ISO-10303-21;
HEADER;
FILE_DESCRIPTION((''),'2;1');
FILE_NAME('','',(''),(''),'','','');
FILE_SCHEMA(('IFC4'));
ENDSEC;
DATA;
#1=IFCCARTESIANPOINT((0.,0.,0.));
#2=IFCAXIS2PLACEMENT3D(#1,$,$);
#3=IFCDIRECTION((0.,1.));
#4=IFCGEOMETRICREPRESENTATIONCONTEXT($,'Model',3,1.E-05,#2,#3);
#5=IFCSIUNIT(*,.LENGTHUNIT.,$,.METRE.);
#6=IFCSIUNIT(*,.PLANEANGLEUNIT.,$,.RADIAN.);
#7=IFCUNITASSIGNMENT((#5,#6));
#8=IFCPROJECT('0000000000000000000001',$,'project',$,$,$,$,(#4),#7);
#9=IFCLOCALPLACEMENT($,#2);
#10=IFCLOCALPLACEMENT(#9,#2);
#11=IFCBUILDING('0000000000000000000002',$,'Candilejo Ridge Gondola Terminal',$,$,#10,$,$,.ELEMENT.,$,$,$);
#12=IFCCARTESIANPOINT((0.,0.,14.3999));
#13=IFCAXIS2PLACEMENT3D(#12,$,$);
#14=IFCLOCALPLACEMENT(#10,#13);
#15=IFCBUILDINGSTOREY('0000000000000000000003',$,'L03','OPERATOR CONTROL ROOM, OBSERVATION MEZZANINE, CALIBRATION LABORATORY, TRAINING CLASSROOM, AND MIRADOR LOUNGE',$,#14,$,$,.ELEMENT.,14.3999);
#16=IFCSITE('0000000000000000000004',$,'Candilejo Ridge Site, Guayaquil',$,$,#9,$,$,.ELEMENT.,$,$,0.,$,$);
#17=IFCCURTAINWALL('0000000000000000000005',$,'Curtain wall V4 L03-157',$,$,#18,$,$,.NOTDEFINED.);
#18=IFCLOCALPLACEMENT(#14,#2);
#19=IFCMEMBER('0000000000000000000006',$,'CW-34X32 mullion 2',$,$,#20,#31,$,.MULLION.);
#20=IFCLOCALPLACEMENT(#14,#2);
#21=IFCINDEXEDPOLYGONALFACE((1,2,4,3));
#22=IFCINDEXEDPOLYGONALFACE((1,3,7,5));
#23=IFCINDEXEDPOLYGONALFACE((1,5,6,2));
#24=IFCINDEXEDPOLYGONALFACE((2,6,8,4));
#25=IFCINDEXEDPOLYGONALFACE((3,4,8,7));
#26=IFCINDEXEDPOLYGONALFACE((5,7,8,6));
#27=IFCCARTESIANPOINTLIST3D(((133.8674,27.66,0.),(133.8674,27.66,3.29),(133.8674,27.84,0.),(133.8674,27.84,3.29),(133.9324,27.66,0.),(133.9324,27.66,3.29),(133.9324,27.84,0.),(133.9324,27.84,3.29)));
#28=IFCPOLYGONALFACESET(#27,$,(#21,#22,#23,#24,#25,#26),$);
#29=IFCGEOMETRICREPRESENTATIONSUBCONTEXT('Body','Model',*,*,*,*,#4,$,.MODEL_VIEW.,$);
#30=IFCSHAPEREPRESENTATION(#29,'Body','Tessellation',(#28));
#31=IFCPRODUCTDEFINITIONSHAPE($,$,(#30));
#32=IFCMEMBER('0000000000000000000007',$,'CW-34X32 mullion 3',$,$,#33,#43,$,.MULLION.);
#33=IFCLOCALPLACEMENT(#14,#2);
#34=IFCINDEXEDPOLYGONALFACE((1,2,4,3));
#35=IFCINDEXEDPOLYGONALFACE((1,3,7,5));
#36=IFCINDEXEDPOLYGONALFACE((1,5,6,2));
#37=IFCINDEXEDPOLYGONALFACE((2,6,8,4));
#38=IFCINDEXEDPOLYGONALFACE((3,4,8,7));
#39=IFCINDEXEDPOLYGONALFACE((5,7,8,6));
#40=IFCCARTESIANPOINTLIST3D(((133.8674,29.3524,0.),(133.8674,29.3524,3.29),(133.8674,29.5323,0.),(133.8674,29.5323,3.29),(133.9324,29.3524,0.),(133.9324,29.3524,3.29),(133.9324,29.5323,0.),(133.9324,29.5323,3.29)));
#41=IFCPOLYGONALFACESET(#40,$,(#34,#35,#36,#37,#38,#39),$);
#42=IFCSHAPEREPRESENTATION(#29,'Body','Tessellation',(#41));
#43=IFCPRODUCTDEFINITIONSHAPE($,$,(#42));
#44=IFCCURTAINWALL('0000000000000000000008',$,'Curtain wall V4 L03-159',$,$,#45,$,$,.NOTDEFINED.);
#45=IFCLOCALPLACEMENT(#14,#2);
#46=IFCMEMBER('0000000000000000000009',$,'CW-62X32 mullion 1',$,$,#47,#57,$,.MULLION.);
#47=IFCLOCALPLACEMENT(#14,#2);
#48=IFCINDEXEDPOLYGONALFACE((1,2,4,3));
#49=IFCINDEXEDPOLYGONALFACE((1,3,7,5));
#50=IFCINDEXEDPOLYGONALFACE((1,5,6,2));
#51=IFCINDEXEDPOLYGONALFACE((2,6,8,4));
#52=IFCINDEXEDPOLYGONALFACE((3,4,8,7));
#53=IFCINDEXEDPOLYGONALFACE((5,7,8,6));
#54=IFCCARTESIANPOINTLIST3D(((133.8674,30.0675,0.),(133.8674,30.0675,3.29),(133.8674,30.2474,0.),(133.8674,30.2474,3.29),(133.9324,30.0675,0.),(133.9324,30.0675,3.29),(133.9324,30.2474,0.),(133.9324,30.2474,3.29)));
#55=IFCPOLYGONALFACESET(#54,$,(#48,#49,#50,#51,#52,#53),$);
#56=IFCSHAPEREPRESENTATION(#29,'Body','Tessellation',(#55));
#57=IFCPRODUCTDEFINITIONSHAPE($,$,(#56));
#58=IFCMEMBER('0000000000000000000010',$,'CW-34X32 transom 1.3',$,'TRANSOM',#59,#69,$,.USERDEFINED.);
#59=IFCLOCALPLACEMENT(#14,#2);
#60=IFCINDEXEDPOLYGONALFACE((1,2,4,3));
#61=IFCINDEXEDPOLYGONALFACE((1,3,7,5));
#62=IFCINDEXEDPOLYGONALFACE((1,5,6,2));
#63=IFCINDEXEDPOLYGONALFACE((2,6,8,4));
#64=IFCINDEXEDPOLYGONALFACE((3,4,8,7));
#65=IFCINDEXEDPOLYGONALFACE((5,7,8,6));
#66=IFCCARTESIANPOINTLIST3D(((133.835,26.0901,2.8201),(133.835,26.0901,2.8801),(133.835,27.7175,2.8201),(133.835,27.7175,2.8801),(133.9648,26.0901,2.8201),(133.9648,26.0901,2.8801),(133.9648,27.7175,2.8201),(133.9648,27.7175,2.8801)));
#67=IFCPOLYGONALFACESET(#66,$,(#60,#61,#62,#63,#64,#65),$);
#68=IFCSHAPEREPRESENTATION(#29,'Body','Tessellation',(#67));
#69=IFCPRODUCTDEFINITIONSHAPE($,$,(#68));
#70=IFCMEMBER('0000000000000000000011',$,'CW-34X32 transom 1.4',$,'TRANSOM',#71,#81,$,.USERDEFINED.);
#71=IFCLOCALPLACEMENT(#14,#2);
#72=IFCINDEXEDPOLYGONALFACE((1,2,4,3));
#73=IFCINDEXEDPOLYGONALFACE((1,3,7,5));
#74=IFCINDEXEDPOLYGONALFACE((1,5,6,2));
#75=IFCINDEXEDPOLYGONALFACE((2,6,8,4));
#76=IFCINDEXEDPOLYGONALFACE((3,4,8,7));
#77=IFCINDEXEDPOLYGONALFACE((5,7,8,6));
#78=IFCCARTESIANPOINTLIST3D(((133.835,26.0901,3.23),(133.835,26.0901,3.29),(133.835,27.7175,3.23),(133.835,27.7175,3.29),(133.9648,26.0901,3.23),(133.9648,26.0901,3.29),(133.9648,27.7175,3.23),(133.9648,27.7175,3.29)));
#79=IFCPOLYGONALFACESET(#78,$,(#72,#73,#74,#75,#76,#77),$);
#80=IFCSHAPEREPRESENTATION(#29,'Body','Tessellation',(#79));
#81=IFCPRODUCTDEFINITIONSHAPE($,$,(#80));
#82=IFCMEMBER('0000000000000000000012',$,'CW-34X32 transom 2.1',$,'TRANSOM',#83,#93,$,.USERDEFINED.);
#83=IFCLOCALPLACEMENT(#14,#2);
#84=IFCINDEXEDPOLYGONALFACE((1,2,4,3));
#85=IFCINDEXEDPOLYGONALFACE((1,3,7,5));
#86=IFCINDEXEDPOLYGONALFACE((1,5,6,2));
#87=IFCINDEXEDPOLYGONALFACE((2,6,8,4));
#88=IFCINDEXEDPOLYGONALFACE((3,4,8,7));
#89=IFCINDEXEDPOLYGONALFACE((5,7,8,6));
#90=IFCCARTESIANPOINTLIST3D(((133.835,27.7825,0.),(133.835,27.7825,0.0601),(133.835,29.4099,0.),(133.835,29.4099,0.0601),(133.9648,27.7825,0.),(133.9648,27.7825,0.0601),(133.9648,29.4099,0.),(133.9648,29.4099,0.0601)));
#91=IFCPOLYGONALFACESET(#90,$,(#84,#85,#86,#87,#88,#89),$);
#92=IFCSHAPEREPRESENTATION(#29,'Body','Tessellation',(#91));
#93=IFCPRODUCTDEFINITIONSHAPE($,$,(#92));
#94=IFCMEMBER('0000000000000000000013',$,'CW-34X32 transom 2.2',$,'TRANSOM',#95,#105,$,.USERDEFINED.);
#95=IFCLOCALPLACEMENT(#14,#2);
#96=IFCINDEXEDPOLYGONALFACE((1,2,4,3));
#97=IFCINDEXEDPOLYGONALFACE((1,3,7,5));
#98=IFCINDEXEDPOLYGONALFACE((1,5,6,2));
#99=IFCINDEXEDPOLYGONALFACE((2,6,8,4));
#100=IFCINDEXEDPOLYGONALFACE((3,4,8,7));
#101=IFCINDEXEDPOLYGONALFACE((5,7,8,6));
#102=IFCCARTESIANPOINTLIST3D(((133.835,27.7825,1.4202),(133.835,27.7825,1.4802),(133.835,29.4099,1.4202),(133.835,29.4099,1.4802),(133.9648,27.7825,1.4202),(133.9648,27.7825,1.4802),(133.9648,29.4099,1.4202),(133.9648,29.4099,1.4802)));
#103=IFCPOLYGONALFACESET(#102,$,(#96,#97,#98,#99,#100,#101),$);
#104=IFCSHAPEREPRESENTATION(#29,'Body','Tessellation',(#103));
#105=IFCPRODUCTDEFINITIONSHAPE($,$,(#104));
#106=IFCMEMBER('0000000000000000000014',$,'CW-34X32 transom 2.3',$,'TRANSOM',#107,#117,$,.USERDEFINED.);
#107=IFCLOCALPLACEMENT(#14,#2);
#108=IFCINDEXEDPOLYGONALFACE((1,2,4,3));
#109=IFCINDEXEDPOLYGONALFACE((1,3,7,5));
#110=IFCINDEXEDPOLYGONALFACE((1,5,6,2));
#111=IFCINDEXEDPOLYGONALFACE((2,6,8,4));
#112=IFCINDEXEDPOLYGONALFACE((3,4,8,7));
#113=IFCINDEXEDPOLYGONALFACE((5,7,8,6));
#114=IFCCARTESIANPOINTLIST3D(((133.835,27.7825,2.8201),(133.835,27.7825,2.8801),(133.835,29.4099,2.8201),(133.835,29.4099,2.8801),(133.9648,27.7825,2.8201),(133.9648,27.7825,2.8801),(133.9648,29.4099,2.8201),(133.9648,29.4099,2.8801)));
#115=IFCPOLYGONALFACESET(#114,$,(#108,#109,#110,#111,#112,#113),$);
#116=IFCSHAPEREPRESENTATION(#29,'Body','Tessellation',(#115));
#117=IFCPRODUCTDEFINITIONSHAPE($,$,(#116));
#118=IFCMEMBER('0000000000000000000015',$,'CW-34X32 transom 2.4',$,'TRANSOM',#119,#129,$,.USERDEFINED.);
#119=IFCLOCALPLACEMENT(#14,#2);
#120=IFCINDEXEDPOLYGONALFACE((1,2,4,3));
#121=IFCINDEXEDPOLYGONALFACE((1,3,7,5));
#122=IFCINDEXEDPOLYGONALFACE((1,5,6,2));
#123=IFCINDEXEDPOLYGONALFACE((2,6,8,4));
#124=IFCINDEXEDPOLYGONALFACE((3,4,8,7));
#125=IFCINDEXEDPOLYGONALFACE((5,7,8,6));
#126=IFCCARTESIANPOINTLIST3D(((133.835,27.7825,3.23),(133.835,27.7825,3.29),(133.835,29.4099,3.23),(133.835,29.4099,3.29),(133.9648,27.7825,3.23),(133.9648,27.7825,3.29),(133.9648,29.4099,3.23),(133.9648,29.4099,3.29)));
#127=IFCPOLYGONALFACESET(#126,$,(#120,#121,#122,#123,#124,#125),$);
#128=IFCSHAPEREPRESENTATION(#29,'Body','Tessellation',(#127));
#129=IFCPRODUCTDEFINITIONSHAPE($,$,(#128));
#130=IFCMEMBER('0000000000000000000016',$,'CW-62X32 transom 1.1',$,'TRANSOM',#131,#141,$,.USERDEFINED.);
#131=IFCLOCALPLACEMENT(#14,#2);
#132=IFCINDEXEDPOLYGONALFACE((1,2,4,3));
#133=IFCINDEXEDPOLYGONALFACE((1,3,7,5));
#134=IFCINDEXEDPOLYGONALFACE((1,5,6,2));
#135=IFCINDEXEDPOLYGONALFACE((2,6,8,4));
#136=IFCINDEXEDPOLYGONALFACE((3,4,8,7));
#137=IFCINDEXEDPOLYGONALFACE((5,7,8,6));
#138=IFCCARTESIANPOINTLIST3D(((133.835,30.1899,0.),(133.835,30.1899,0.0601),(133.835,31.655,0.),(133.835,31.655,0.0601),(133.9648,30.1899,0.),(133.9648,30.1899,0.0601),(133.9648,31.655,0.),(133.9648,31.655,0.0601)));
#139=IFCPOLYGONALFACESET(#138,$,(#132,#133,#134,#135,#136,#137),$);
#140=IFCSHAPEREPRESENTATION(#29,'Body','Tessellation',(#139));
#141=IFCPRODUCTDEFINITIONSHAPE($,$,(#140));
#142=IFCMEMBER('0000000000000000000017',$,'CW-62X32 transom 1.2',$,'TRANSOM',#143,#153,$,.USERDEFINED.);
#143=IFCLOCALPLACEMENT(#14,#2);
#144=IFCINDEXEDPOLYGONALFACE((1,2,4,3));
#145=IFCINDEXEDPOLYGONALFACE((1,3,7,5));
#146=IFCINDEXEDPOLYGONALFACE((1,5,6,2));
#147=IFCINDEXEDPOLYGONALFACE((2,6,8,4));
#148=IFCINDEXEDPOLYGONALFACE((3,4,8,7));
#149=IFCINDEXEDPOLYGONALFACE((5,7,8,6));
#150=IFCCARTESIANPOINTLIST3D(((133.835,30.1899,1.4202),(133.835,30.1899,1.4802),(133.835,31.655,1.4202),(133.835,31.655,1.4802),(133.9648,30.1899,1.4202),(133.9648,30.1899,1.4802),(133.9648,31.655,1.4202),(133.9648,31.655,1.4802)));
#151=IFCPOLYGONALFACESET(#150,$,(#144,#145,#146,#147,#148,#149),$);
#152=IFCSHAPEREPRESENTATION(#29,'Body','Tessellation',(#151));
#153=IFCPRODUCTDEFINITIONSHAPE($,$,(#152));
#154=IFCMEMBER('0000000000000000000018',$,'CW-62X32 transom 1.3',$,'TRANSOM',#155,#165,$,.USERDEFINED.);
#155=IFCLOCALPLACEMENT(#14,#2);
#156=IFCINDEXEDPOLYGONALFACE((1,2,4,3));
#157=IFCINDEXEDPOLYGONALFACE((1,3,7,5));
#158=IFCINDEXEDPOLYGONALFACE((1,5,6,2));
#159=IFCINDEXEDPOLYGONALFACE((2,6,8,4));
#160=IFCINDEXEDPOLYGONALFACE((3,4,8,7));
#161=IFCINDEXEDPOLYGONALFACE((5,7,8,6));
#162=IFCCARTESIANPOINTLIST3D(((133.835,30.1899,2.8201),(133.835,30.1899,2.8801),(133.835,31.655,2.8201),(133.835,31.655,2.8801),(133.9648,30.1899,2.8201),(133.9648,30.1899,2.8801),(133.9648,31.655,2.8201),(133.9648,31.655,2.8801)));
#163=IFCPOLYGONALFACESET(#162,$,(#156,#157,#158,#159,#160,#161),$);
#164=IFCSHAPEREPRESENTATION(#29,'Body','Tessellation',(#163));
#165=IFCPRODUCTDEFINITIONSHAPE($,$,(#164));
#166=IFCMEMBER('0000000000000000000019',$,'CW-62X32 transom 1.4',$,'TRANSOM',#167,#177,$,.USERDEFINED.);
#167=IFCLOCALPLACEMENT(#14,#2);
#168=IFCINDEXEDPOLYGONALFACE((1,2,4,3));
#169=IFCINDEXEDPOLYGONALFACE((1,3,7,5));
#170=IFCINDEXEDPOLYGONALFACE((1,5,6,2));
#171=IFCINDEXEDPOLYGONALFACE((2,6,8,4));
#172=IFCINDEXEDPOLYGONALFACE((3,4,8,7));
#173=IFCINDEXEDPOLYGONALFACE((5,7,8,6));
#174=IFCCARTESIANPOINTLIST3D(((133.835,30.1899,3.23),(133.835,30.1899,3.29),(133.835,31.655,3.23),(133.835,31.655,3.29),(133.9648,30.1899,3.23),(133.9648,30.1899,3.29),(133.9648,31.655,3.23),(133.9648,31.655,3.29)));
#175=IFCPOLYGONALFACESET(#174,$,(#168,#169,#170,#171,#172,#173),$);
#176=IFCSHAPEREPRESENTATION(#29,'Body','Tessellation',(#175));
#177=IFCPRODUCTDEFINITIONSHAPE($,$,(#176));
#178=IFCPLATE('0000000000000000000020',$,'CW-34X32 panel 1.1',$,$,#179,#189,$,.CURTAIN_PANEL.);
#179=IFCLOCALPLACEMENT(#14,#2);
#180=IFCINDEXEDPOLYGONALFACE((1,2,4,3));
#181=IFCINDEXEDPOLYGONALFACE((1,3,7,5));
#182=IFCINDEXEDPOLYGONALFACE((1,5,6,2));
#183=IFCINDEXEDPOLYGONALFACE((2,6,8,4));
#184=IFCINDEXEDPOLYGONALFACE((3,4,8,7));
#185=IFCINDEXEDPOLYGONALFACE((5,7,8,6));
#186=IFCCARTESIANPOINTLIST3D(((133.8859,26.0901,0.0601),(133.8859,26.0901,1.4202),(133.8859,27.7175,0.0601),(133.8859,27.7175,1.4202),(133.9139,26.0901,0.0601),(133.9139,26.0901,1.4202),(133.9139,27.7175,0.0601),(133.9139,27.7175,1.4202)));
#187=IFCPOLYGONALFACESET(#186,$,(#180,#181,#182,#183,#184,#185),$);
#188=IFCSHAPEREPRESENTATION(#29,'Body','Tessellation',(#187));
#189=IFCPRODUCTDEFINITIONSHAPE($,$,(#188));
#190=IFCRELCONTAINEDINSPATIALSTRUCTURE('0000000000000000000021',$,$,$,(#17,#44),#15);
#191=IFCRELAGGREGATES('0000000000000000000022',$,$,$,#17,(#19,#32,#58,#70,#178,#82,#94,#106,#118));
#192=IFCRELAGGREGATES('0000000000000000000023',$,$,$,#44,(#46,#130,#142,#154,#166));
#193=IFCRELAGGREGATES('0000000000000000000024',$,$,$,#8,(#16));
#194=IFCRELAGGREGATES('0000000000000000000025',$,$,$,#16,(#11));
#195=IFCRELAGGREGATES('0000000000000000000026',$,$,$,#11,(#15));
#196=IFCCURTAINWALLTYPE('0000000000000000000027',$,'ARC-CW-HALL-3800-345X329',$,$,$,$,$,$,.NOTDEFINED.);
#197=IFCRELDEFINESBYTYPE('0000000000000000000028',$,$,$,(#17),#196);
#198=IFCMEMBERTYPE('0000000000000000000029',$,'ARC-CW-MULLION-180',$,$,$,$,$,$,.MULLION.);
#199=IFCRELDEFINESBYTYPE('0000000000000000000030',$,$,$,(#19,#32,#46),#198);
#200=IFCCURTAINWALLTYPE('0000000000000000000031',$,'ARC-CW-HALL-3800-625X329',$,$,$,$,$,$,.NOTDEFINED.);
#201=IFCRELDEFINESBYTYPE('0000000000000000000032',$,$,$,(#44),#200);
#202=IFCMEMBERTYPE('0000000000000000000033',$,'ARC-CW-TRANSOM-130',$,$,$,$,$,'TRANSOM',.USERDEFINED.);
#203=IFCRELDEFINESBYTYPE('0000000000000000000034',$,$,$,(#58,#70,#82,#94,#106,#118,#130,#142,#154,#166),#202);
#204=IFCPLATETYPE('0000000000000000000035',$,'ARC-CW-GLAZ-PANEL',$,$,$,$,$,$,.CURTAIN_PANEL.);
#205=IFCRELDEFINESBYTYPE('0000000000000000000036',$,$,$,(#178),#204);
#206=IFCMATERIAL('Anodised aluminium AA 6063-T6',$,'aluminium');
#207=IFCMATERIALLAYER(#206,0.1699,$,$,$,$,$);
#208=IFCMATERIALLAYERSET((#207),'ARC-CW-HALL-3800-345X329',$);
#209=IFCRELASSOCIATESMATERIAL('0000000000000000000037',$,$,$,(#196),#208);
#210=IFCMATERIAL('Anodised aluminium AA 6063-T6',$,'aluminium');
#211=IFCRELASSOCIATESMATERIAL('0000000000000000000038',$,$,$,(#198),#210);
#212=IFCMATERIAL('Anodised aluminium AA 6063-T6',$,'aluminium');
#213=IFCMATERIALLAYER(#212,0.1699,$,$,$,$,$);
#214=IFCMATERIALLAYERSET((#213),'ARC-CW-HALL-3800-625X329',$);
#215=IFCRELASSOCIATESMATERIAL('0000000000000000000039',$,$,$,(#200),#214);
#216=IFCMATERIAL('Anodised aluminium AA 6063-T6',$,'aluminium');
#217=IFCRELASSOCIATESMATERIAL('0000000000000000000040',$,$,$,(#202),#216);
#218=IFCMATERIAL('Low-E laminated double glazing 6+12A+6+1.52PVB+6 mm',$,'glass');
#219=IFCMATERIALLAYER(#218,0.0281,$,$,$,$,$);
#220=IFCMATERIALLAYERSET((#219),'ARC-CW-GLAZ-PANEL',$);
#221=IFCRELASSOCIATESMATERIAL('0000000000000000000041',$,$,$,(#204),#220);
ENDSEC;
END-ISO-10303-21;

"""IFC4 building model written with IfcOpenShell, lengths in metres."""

from ifc_helpers import new_model, si_unit, direction, frame, origin, origin_2d, place, context, subcontext, project, spatial, rectangle, extrude, material, layer, layer_set, material_profile, profile_set, type_object, element, aggregate, save


model = new_model("IFC4")

# Units and contexts
model_context = context("Model", 3, precision=1e-05, world=origin(), true_north=direction((0.0, 1.0)))
body_context = subcontext(model_context, "Body", "Model", "MODEL_VIEW")
ifc_project = project(units=[si_unit("LENGTHUNIT", "METRE"), si_unit("PLANEANGLEUNIT", "RADIAN")], contexts=[model_context])

# Site, building, storey
site_placement = place(None, origin())
site = spatial("IfcSite", under=ifc_project, at=site_placement, Name="Candilejo Ridge Site, Guayaquil", CompositionType="ELEMENT", RefElevation=0.0)
building_placement = place(site_placement, origin())
building = spatial("IfcBuilding", under=site, at=building_placement, Name="Candilejo Ridge Gondola Terminal", CompositionType="ELEMENT")
storey_placement = place(building_placement, frame((0.0, 0.0, 14.3999)))
storey = spatial("IfcBuildingStorey", under=building, at=storey_placement, Name="L03", Description="OPERATOR CONTROL ROOM, OBSERVATION MEZZANINE, CALIBRATION LABORATORY, TRAINING CLASSROOM, AND MIRADOR LOUNGE", CompositionType="ELEMENT", Elevation=14.3999)

# Curtain wall, members
ifc_material_1 = material(Name="Anodised aluminium AA 6063-T6", Category="aluminium")
ifc_layer_1 = layer(ifc_material_1, 0.1699)
ifc_layer_set_1 = layer_set([ifc_layer_1], Name="ARC-CW-HALL-3800-345X329")
curtain_wall_type_1 = type_object("IfcCurtainWallType", Name="ARC-CW-HALL-3800-345X329", PredefinedType="NOTDEFINED", material=ifc_layer_set_1)
curtain_wall_1_placement = place(storey_placement, origin())
curtain_wall_1 = element("IfcCurtainWall", 1, at=curtain_wall_1_placement, inside=storey, type_object=curtain_wall_type_1, Name="Curtain wall V4 L03-157", PredefinedType="NOTDEFINED")
ifc_material_2 = material(Name="Anodised aluminium AA 6063-T6", Category="aluminium")
ifc_material_profile_1 = material_profile(ifc_material_2, rectangle(XDim=0.0649, YDim=0.1799, at=origin_2d()))
ifc_profile_set_1 = profile_set([ifc_material_profile_1], Name="Anodised aluminium AA 6063-T6")
member_type_1 = type_object("IfcMemberType", Name="ARC-CW-MULLION-180", PredefinedType="MULLION", material=ifc_profile_set_1)
member_1_placement = place(storey_placement, frame((133.8999, 27.75, 0.0), z_axis=(0.0, 0.0, 1.0), x_axis=(-1.0, 0.0, 0.0)))
member_1 = element("IfcMember", 2, at=member_1_placement, type_object=member_type_1, Name="CW-34X32 mullion 2", PredefinedType="MULLION", context=body_context, shape_type="SweptSolid", body=[
    extrude(rectangle(XDim=0.0649, YDim=0.1799, at=origin_2d()), origin(), (0.0, 0.0, 1.0), 3.29),
])
member_2_placement = place(storey_placement, frame((133.8999, 29.4424, 0.0), z_axis=(0.0, 0.0, 1.0), x_axis=(-1.0, 0.0, 0.0)))
member_2 = element("IfcMember", 3, at=member_2_placement, type_object=member_type_1, Name="CW-34X32 mullion 3", PredefinedType="MULLION", context=body_context, shape_type="SweptSolid", body=[
    extrude(rectangle(XDim=0.0649, YDim=0.1799, at=origin_2d()), origin(), (0.0, 0.0, 1.0), 3.29),
])

# Curtain wall, member
ifc_material_3 = material(Name="Anodised aluminium AA 6063-T6", Category="aluminium")
ifc_layer_2 = layer(ifc_material_3, 0.1699)
ifc_layer_set_2 = layer_set([ifc_layer_2], Name="ARC-CW-HALL-3800-625X329")
curtain_wall_type_2 = type_object("IfcCurtainWallType", Name="ARC-CW-HALL-3800-625X329", PredefinedType="NOTDEFINED", material=ifc_layer_set_2)
curtain_wall_2_placement = place(storey_placement, origin())
curtain_wall_2 = element("IfcCurtainWall", 4, at=curtain_wall_2_placement, inside=storey, type_object=curtain_wall_type_2, Name="Curtain wall V4 L03-159", PredefinedType="NOTDEFINED")
member_3_placement = place(storey_placement, frame((133.8999, 30.1575, 0.0), z_axis=(0.0, 0.0, 1.0), x_axis=(-1.0, 0.0, 0.0)))
member_3 = element("IfcMember", 5, at=member_3_placement, type_object=member_type_1, Name="CW-62X32 mullion 1", PredefinedType="MULLION", context=body_context, shape_type="SweptSolid", body=[
    extrude(rectangle(XDim=0.0649, YDim=0.1799, at=origin_2d()), origin(), (0.0, 0.0, 1.0), 3.29),
])

# Members
ifc_material_4 = material(Name="Anodised aluminium AA 6063-T6", Category="aluminium")
ifc_material_profile_2 = material_profile(ifc_material_4, rectangle(XDim=0.1299, YDim=0.0601, at=origin_2d()))
ifc_profile_set_2 = profile_set([ifc_material_profile_2], Name="Anodised aluminium AA 6063-T6")
member_type_2 = type_object("IfcMemberType", Name="ARC-CW-TRANSOM-130", ElementType="TRANSOM", PredefinedType="USERDEFINED", material=ifc_profile_set_2)
member_4_placement = place(storey_placement, frame((133.8999, 26.0901, 2.8501), z_axis=(0.0, 1.0, 0.0), x_axis=(-1.0, 0.0, 0.0)))
member_4 = element("IfcMember", 6, at=member_4_placement, type_object=member_type_2, Name="CW-34X32 transom 1.3", ObjectType="TRANSOM", PredefinedType="USERDEFINED", context=body_context, shape_type="SweptSolid", body=[
    extrude(rectangle(XDim=0.1299, YDim=0.0601, at=origin_2d()), origin(), (0.0, 0.0, 1.0), 1.6274),
])
member_5_placement = place(storey_placement, frame((133.8999, 26.0901, 3.26), z_axis=(0.0, 1.0, 0.0), x_axis=(-1.0, 0.0, 0.0)))
member_5 = element("IfcMember", 7, at=member_5_placement, type_object=member_type_2, Name="CW-34X32 transom 1.4", ObjectType="TRANSOM", PredefinedType="USERDEFINED", context=body_context, shape_type="SweptSolid", body=[
    extrude(rectangle(XDim=0.1299, YDim=0.0601, at=origin_2d()), origin(), (0.0, 0.0, 1.0), 1.6274),
])
member_6_placement = place(storey_placement, frame((133.8999, 27.7825, 0.03), z_axis=(0.0, 1.0, 0.0), x_axis=(-1.0, 0.0, 0.0)))
member_6 = element("IfcMember", 8, at=member_6_placement, type_object=member_type_2, Name="CW-34X32 transom 2.1", ObjectType="TRANSOM", PredefinedType="USERDEFINED", context=body_context, shape_type="SweptSolid", body=[
    extrude(rectangle(XDim=0.1299, YDim=0.0601, at=origin_2d()), origin(), (0.0, 0.0, 1.0), 1.6274),
])
member_7_placement = place(storey_placement, frame((133.8999, 27.7825, 1.4502), z_axis=(0.0, 1.0, 0.0), x_axis=(-1.0, 0.0, 0.0)))
member_7 = element("IfcMember", 9, at=member_7_placement, type_object=member_type_2, Name="CW-34X32 transom 2.2", ObjectType="TRANSOM", PredefinedType="USERDEFINED", context=body_context, shape_type="SweptSolid", body=[
    extrude(rectangle(XDim=0.1299, YDim=0.0601, at=origin_2d()), origin(), (0.0, 0.0, 1.0), 1.6274),
])
member_8_placement = place(storey_placement, frame((133.8999, 27.7825, 2.8501), z_axis=(0.0, 1.0, 0.0), x_axis=(-1.0, 0.0, 0.0)))
member_8 = element("IfcMember", 10, at=member_8_placement, type_object=member_type_2, Name="CW-34X32 transom 2.3", ObjectType="TRANSOM", PredefinedType="USERDEFINED", context=body_context, shape_type="SweptSolid", body=[
    extrude(rectangle(XDim=0.1299, YDim=0.0601, at=origin_2d()), origin(), (0.0, 0.0, 1.0), 1.6274),
])
member_9_placement = place(storey_placement, frame((133.8999, 27.7825, 3.26), z_axis=(0.0, 1.0, 0.0), x_axis=(-1.0, 0.0, 0.0)))
member_9 = element("IfcMember", 11, at=member_9_placement, type_object=member_type_2, Name="CW-34X32 transom 2.4", ObjectType="TRANSOM", PredefinedType="USERDEFINED", context=body_context, shape_type="SweptSolid", body=[
    extrude(rectangle(XDim=0.1299, YDim=0.0601, at=origin_2d()), origin(), (0.0, 0.0, 1.0), 1.6274),
])
member_10_placement = place(storey_placement, frame((133.8999, 30.1899, 0.03), z_axis=(0.0, 1.0, 0.0), x_axis=(-1.0, 0.0, 0.0)))
member_10 = element("IfcMember", 12, at=member_10_placement, type_object=member_type_2, Name="CW-62X32 transom 1.1", ObjectType="TRANSOM", PredefinedType="USERDEFINED", context=body_context, shape_type="SweptSolid", body=[
    extrude(rectangle(XDim=0.1299, YDim=0.0601, at=origin_2d()), origin(), (0.0, 0.0, 1.0), 1.4651),
])
member_11_placement = place(storey_placement, frame((133.8999, 30.1899, 1.4502), z_axis=(0.0, 1.0, 0.0), x_axis=(-1.0, 0.0, 0.0)))
member_11 = element("IfcMember", 13, at=member_11_placement, type_object=member_type_2, Name="CW-62X32 transom 1.2", ObjectType="TRANSOM", PredefinedType="USERDEFINED", context=body_context, shape_type="SweptSolid", body=[
    extrude(rectangle(XDim=0.1299, YDim=0.0601, at=origin_2d()), origin(), (0.0, 0.0, 1.0), 1.4651),
])
member_12_placement = place(storey_placement, frame((133.8999, 30.1899, 2.8501), z_axis=(0.0, 1.0, 0.0), x_axis=(-1.0, 0.0, 0.0)))
member_12 = element("IfcMember", 14, at=member_12_placement, type_object=member_type_2, Name="CW-62X32 transom 1.3", ObjectType="TRANSOM", PredefinedType="USERDEFINED", context=body_context, shape_type="SweptSolid", body=[
    extrude(rectangle(XDim=0.1299, YDim=0.0601, at=origin_2d()), origin(), (0.0, 0.0, 1.0), 1.4651),
])
member_13_placement = place(storey_placement, frame((133.8999, 30.1899, 3.26), z_axis=(0.0, 1.0, 0.0), x_axis=(-1.0, 0.0, 0.0)))
member_13 = element("IfcMember", 15, at=member_13_placement, type_object=member_type_2, Name="CW-62X32 transom 1.4", ObjectType="TRANSOM", PredefinedType="USERDEFINED", context=body_context, shape_type="SweptSolid", body=[
    extrude(rectangle(XDim=0.1299, YDim=0.0601, at=origin_2d()), origin(), (0.0, 0.0, 1.0), 1.4651),
])

# Plate
ifc_material_5 = material(Name="Low-E laminated double glazing 6+12A+6+1.52PVB+6 mm", Category="glass")
ifc_layer_3 = layer(ifc_material_5, 0.0281)
ifc_layer_set_3 = layer_set([ifc_layer_3], Name="ARC-CW-GLAZ-PANEL")
plate_type = type_object("IfcPlateType", Name="ARC-CW-GLAZ-PANEL", PredefinedType="CURTAIN_PANEL", material=ifc_layer_set_3)
plate_1_placement = place(storey_placement, frame((133.8999, 26.9038, 0.0601), z_axis=(0.0, 0.0, 1.0), x_axis=(0.0, 1.0, 0.0)))
plate_1 = element("IfcPlate", 16, at=plate_1_placement, type_object=plate_type, Name="CW-34X32 panel 1.1", PredefinedType="CURTAIN_PANEL", context=body_context, shape_type="SweptSolid", body=[
    extrude(rectangle(XDim=1.6274, YDim=0.0281, at=origin_2d()), origin(), (0.0, 0.0, 1.0), 1.3601),
])
aggregate(curtain_wall_1, [member_1, member_2, member_4, member_5, plate_1, member_6, member_7, member_8, member_9])
aggregate(curtain_wall_2, [member_3, member_10, member_11, member_12, member_13])

save(model, "model.ifc")
